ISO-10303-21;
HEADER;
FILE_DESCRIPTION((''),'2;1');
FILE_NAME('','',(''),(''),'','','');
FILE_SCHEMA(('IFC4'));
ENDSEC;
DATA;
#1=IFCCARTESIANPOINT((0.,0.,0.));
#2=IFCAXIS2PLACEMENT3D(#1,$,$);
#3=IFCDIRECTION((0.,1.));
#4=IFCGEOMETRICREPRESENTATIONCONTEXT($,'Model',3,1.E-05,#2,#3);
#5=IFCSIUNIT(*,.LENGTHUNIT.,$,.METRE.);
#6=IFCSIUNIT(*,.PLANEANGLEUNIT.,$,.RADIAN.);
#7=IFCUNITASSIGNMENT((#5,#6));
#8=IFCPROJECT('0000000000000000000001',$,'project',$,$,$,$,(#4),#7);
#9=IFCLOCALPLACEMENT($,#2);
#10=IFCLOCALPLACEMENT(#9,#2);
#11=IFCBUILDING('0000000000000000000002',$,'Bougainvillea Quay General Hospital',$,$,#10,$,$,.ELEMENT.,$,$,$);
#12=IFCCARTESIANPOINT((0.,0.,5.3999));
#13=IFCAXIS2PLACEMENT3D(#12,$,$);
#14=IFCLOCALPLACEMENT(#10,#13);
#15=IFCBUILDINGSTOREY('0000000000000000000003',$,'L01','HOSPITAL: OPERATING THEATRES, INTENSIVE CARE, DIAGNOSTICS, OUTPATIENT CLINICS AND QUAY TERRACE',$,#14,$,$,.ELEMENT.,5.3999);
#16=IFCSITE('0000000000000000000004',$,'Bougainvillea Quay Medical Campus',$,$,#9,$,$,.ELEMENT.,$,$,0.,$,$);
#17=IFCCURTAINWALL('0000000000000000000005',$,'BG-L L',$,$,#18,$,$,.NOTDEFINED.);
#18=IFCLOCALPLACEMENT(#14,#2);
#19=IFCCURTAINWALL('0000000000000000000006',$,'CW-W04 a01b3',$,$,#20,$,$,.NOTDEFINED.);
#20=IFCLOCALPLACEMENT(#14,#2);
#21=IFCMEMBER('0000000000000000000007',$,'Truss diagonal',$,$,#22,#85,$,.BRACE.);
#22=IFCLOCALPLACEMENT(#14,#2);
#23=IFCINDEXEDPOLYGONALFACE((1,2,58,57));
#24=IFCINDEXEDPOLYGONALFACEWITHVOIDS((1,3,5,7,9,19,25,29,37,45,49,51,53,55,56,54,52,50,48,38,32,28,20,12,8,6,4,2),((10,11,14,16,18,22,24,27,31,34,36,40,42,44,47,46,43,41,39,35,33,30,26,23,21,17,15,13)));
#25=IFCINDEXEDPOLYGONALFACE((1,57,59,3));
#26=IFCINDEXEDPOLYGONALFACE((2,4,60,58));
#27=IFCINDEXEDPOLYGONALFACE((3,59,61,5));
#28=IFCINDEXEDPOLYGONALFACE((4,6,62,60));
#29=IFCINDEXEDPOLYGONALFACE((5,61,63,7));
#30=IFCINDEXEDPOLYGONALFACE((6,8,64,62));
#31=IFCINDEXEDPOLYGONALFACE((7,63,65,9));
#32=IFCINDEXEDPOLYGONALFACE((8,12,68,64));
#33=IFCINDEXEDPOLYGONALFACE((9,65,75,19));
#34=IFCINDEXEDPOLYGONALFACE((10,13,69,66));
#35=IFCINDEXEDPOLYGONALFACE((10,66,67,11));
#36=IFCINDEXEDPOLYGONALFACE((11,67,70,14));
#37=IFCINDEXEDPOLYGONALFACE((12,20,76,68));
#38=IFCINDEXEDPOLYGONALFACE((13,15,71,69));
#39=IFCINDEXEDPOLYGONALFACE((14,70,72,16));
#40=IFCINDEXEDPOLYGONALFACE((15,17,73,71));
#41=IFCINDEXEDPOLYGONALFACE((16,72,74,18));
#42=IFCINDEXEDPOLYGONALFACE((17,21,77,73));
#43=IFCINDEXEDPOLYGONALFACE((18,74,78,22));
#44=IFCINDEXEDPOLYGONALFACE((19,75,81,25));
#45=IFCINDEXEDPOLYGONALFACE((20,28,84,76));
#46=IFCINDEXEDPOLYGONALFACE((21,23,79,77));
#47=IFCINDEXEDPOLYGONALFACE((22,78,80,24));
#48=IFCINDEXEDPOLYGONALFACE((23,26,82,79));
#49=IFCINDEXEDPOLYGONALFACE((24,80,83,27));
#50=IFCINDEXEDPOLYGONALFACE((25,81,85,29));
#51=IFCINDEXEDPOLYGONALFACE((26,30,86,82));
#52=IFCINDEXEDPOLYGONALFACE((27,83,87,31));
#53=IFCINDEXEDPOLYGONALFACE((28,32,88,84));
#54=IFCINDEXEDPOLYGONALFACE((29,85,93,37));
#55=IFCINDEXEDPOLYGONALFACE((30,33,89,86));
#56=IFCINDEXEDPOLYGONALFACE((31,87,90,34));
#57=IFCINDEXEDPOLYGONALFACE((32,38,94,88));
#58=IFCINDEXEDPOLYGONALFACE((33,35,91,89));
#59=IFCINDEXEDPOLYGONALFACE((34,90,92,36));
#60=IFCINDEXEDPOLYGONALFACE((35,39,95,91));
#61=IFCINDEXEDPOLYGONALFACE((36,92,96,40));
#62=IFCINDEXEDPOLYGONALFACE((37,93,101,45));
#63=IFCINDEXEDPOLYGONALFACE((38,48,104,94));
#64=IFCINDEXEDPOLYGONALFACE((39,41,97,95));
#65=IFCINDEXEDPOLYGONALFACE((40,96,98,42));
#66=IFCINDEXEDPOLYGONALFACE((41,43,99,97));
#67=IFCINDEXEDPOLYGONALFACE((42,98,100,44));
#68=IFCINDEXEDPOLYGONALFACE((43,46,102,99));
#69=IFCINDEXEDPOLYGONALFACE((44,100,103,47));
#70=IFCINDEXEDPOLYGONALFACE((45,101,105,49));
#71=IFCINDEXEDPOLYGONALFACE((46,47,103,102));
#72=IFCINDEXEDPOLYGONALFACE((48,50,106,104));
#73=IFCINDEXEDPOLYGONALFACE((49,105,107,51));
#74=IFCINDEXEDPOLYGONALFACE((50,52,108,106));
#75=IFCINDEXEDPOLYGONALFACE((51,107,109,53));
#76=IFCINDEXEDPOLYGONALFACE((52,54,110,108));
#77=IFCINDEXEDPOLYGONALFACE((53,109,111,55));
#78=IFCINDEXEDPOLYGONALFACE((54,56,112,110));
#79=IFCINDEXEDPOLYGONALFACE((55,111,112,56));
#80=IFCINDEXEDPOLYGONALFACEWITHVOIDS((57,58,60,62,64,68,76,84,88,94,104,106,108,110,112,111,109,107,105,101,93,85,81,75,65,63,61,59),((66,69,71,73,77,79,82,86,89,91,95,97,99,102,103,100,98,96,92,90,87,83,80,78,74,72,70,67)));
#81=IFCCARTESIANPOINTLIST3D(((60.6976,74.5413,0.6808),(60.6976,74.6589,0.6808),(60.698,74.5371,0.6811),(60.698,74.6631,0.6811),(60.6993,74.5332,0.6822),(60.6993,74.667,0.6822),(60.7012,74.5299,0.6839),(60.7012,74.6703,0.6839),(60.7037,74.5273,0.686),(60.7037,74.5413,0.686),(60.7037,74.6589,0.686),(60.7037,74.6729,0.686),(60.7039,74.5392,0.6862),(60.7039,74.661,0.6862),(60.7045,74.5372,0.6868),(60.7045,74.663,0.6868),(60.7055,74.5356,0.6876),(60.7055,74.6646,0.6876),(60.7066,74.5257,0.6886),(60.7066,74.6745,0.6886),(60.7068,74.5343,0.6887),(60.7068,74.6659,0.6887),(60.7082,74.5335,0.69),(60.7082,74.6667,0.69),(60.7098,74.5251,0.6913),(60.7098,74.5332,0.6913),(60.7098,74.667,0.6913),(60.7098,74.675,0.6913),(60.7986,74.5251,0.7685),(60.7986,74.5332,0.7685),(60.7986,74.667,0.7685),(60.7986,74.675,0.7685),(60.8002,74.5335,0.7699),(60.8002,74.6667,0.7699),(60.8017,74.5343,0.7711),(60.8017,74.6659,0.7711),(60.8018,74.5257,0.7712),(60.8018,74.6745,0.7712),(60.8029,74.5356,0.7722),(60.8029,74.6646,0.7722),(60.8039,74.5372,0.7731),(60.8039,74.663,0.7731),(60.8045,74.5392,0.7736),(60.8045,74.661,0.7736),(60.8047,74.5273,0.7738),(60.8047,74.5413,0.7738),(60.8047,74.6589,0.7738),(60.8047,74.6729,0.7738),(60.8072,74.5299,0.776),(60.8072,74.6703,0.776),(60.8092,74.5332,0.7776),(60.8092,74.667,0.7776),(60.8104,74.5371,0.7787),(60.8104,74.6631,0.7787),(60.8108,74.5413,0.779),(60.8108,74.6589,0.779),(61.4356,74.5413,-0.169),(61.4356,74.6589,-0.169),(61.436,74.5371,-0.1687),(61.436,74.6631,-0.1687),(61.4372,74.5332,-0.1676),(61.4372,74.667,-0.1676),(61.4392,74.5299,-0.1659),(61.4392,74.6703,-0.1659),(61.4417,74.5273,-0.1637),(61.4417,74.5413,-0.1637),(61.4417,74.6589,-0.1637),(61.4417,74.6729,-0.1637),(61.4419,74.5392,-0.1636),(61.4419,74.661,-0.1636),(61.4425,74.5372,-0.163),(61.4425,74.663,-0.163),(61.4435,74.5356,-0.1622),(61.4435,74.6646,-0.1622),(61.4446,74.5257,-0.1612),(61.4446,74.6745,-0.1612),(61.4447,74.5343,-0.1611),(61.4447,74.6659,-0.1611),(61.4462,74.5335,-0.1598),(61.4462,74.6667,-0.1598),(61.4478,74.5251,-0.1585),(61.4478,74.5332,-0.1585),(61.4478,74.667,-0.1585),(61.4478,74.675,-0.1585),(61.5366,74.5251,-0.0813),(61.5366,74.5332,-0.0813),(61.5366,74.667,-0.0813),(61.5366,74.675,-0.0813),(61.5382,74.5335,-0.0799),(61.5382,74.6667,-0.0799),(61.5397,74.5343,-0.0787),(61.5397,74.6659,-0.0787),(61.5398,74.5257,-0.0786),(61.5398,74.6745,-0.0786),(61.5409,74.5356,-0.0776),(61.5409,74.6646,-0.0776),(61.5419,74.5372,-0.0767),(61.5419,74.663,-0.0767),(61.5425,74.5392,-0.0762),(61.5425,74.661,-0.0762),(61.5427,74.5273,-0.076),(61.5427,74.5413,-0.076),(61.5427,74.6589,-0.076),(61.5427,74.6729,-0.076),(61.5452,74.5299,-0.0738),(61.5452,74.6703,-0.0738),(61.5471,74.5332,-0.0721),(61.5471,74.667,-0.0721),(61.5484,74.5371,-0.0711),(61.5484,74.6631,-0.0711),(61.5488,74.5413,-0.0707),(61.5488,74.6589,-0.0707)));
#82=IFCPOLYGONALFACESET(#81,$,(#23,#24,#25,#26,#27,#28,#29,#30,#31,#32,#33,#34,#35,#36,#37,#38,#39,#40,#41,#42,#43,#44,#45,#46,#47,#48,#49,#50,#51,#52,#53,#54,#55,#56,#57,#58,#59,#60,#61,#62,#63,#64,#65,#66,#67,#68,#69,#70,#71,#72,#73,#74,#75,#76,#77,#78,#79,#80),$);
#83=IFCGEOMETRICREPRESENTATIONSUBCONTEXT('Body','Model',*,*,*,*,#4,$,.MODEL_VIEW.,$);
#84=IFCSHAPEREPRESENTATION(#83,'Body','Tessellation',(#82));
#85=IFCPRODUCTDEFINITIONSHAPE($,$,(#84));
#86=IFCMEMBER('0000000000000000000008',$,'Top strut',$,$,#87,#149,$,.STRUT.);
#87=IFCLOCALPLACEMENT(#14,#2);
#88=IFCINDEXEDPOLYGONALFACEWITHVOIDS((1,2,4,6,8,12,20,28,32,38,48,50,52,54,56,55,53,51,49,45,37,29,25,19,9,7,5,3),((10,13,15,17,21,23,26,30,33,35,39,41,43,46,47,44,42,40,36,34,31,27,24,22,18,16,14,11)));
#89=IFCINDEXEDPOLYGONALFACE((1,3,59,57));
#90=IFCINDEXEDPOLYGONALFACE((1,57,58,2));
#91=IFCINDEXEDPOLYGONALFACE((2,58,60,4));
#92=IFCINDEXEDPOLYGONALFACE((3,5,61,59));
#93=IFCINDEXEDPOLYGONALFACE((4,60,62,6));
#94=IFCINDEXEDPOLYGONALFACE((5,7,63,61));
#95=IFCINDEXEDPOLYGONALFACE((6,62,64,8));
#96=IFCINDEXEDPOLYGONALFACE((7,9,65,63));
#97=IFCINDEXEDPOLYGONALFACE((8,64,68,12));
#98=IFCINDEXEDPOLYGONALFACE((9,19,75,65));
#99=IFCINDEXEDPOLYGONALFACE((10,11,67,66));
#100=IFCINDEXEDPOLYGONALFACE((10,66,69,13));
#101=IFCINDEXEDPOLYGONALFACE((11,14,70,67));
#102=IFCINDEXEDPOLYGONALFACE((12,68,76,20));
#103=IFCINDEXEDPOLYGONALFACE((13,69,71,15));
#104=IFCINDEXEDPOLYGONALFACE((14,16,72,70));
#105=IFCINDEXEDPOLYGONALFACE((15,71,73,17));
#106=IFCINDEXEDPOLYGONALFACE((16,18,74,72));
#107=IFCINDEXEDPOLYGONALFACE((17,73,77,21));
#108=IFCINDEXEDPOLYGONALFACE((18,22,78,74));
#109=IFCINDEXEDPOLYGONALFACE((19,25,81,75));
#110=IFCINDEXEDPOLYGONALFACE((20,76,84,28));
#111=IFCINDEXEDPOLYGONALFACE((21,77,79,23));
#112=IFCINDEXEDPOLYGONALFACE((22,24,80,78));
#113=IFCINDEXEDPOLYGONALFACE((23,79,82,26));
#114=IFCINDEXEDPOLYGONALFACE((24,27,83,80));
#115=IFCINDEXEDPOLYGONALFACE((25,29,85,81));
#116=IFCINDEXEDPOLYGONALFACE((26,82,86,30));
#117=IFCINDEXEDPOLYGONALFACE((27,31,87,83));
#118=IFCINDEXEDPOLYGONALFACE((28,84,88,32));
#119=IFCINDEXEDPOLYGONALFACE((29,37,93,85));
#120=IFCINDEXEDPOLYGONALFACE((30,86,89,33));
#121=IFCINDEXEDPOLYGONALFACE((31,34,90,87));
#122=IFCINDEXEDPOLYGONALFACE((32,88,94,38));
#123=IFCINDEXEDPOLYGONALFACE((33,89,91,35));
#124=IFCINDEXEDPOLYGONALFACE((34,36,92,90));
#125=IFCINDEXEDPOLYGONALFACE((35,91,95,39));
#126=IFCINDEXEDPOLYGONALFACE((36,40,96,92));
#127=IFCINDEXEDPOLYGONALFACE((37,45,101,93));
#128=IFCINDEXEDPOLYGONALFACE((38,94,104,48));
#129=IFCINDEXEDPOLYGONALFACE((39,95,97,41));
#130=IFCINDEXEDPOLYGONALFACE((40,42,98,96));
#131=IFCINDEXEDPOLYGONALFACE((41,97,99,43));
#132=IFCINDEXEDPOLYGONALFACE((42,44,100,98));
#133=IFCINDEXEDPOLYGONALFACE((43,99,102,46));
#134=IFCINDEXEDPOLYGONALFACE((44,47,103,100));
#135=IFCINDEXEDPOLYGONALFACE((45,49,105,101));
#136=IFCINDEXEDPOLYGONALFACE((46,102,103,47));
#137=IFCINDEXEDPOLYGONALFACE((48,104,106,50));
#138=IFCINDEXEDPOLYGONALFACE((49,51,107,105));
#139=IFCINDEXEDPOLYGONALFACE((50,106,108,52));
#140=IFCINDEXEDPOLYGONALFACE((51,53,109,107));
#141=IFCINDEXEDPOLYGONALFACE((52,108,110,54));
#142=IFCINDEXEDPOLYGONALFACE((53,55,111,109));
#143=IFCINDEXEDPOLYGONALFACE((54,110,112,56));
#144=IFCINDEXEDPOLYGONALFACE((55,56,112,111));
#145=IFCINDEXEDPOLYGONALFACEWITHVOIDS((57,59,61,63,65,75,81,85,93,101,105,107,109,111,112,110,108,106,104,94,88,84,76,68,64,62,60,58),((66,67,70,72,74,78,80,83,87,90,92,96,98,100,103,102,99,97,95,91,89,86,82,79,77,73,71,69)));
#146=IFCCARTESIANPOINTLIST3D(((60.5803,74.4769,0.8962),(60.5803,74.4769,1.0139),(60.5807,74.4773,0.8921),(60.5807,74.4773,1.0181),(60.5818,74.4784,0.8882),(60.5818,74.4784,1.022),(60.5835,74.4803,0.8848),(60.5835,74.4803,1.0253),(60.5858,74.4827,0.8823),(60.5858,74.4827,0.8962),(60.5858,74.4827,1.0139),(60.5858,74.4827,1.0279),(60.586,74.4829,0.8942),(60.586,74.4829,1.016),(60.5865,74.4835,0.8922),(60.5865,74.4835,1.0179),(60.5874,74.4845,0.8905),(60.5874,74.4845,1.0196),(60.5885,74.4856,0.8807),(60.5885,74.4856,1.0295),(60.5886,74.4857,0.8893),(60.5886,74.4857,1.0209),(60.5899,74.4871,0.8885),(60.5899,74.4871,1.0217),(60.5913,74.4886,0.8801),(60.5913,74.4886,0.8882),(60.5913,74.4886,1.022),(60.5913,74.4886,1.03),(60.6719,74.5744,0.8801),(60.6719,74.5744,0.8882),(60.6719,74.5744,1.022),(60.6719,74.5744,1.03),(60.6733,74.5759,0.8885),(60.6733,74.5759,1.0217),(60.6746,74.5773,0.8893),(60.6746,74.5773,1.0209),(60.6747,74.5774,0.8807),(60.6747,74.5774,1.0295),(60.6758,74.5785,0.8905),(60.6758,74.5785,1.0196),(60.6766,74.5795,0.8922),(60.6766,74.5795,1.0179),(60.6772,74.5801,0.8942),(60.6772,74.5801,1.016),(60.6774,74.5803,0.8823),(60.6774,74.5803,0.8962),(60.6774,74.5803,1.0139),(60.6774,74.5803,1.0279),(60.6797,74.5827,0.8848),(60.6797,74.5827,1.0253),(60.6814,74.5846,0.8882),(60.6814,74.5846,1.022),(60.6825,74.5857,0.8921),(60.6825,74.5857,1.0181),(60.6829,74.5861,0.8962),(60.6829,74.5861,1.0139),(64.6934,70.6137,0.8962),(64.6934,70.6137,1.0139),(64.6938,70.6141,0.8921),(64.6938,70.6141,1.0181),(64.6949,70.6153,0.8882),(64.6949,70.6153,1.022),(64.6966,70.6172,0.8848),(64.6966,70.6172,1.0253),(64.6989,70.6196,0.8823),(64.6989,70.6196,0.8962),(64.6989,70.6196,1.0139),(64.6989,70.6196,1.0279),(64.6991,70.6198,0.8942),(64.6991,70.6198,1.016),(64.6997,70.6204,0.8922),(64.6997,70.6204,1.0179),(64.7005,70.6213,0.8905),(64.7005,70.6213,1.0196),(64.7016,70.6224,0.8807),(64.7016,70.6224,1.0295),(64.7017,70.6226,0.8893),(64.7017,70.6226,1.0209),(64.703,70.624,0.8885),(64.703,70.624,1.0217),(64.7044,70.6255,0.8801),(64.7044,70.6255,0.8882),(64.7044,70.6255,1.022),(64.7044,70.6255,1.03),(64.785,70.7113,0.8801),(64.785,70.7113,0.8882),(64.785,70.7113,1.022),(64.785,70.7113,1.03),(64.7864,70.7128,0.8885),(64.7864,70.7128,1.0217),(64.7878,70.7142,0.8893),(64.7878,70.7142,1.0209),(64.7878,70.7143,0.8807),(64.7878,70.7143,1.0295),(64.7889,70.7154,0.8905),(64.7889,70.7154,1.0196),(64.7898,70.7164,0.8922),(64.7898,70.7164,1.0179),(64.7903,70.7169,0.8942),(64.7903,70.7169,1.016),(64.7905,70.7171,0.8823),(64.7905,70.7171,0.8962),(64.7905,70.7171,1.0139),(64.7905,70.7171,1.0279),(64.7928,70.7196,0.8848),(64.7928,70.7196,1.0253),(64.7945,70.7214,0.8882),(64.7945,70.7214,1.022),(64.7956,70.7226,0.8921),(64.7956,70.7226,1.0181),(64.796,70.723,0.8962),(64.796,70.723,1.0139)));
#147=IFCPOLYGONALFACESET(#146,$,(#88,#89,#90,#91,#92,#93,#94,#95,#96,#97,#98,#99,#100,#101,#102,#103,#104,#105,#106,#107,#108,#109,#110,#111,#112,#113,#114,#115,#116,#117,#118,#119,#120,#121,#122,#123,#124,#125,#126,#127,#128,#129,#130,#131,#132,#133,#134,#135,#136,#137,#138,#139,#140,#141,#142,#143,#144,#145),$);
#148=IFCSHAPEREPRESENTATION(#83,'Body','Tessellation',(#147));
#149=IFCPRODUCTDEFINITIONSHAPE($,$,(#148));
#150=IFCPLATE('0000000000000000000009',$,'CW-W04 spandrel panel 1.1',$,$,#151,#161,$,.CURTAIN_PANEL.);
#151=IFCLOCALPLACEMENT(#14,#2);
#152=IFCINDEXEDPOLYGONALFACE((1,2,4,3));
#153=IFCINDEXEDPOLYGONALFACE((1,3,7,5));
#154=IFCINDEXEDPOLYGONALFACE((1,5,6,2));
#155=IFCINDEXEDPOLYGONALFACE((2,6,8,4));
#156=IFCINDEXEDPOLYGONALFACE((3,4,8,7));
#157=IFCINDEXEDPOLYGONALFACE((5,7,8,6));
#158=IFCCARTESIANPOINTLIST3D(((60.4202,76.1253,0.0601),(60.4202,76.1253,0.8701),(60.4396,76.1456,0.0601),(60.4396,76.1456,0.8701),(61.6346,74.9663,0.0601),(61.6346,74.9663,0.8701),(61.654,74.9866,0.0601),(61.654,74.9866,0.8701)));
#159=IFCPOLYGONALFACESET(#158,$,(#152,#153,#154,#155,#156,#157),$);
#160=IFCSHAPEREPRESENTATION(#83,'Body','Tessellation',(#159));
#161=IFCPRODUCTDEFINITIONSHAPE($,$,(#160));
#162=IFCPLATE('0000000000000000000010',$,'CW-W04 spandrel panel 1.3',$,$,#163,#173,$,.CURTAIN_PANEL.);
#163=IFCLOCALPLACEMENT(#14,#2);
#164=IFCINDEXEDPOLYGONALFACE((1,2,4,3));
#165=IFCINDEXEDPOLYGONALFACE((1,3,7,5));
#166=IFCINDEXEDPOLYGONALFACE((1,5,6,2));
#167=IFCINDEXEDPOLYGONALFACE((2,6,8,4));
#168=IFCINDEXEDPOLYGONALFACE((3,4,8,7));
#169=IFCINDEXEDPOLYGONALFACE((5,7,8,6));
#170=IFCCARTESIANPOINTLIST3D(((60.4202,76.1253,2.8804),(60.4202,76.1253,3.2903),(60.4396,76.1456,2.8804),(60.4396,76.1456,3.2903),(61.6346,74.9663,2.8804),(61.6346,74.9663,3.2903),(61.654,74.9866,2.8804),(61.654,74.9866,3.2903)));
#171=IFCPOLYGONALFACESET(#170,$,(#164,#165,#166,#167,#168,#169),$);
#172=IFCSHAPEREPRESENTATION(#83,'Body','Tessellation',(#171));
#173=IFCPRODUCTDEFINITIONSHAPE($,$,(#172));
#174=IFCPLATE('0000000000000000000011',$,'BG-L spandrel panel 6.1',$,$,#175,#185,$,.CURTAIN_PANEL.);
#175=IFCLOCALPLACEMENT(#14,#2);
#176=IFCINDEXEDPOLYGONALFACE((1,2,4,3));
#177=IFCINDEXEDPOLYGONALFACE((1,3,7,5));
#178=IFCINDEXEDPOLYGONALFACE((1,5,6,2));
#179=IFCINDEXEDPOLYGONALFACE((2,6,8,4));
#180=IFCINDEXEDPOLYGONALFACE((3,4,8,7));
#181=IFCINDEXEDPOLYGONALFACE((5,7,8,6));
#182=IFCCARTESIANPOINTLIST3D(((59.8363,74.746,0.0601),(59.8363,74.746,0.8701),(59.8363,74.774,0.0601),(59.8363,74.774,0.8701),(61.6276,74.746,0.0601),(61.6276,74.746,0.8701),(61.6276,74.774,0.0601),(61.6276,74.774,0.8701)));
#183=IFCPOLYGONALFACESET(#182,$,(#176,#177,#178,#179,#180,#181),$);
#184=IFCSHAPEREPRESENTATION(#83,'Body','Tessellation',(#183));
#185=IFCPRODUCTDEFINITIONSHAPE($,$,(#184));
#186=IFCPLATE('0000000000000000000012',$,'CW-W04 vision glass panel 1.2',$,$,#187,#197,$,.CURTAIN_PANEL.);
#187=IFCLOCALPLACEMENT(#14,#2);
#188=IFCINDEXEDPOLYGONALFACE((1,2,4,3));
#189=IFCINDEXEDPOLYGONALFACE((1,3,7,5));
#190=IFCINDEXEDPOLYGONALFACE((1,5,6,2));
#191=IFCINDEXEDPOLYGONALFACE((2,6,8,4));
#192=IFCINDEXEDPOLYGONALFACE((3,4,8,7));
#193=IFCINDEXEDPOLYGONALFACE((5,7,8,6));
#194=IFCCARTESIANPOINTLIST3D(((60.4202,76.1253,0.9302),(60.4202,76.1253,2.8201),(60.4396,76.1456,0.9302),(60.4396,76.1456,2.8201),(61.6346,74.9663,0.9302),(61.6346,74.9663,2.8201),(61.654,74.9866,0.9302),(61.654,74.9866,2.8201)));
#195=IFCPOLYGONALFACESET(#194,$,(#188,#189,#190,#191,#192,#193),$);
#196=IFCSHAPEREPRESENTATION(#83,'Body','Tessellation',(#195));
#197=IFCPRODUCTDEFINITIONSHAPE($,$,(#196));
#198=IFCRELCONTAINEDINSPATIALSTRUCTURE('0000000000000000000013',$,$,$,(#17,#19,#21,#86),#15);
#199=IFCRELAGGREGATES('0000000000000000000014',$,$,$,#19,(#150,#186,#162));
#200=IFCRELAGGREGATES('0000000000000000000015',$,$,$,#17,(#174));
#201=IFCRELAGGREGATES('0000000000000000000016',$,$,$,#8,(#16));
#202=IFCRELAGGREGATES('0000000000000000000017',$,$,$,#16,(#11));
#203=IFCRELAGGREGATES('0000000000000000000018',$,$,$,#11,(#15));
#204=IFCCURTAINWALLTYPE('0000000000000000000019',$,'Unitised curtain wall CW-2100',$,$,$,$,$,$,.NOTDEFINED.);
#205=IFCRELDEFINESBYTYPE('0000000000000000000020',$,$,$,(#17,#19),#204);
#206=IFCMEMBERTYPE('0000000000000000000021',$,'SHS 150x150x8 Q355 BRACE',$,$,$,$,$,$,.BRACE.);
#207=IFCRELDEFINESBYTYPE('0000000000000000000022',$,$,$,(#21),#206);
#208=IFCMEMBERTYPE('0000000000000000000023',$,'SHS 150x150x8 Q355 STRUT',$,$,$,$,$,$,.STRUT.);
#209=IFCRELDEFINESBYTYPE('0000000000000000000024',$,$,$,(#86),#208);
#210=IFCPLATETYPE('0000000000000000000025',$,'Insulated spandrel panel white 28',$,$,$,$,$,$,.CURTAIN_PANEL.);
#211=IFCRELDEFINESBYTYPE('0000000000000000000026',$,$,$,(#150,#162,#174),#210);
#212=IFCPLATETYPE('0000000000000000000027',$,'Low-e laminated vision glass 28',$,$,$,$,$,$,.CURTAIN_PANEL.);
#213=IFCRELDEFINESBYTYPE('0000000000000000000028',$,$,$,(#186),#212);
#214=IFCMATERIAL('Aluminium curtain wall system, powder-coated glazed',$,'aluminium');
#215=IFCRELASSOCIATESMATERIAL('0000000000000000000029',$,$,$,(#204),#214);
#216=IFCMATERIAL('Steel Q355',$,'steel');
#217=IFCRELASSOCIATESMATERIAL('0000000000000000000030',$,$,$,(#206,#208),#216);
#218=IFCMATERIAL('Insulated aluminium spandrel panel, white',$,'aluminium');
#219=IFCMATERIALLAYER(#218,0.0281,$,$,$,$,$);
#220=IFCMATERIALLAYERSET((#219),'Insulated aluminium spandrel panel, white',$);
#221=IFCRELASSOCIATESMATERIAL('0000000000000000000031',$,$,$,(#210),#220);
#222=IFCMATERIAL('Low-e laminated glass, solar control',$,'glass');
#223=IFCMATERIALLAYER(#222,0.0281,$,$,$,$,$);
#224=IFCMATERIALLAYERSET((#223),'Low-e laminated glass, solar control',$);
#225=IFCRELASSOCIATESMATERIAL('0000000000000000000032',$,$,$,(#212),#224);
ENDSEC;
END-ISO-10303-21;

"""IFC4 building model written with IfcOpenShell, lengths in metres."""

from ifc_helpers import new_model, si_unit, direction, frame, origin, origin_2d, place, context, subcontext, project, spatial, rectangle, hollow_rectangle, extrude, material, layer, layer_set, material_profile, profile_set, type_object, element, aggregate, save


model = new_model("IFC4")

# Units and contexts
model_context = context("Model", 3, precision=1e-05, world=origin(), true_north=direction((0.0, 1.0)))
body_context = subcontext(model_context, "Body", "Model", "MODEL_VIEW")
ifc_project = project(units=[si_unit("LENGTHUNIT", "METRE"), si_unit("PLANEANGLEUNIT", "RADIAN")], contexts=[model_context])

# Site, building, storey
site_placement = place(None, origin())
site = spatial("IfcSite", under=ifc_project, at=site_placement, Name="Bougainvillea Quay Medical Campus", CompositionType="ELEMENT", RefElevation=0.0)
building_placement = place(site_placement, origin())
building = spatial("IfcBuilding", under=site, at=building_placement, Name="Bougainvillea Quay General Hospital", CompositionType="ELEMENT")
storey_placement = place(building_placement, frame((0.0, 0.0, 5.3999)))
storey = spatial("IfcBuildingStorey", under=building, at=storey_placement, Name="L01", Description="HOSPITAL: OPERATING THEATRES, INTENSIVE CARE, DIAGNOSTICS, OUTPATIENT CLINICS AND QUAY TERRACE", CompositionType="ELEMENT", Elevation=5.3999)

# Curtain wall
ifc_material_1 = material(Name="Aluminium curtain wall system, powder-coated glazed", Category="aluminium")
curtain_wall_type = type_object("IfcCurtainWallType", Name="Unitised curtain wall CW-2100", PredefinedType="NOTDEFINED", material=ifc_material_1)
curtain_wall_1_placement = place(storey_placement, origin())
curtain_wall_1 = element("IfcCurtainWall", 1, at=curtain_wall_1_placement, inside=storey, type_object=curtain_wall_type, Name="BG-L L", PredefinedType="NOTDEFINED")

# Curtain wall
curtain_wall_2_placement = place(storey_placement, origin())
curtain_wall_2 = element("IfcCurtainWall", 2, at=curtain_wall_2_placement, inside=storey, type_object=curtain_wall_type, Name="CW-W04 a01b3", PredefinedType="NOTDEFINED")

# Shared definitions
ifc_material_2 = material(Name="Steel Q355", Category="steel")

# Members
ifc_material_profile_1 = material_profile(ifc_material_2, hollow_rectangle(XDim=0.1499, YDim=0.1499, WallThickness=0.0081, InnerFilletRadius=0.0081, OuterFilletRadius=0.0161, at=origin_2d()))
ifc_profile_set_1 = profile_set([ifc_material_profile_1], Name="Steel Q355")
member_type_1 = type_object("IfcMemberType", Name="SHS 150x150x8 Q355 BRACE", PredefinedType="BRACE", material=ifc_profile_set_1)
member_1_placement = place(storey_placement, frame((61.4922, 74.6001, -0.1199), z_axis=(-0.65569, 0.0, 0.75503), x_axis=(0.0, -1.0, 0.0)))
element("IfcMember", 3, at=member_1_placement, inside=storey, type_object=member_type_1, Name="Truss diagonal", PredefinedType="BRACE", context=body_context, shape_type="SweptSolid", body=[
    extrude(hollow_rectangle(XDim=0.1499, YDim=0.1499, WallThickness=0.0081, InnerFilletRadius=0.0081, OuterFilletRadius=0.0161, at=origin_2d()), origin(), (0.0, 0.0, 1.0), 1.1255),
])
ifc_material_profile_2 = material_profile(ifc_material_2, hollow_rectangle(XDim=0.1499, YDim=0.1499, WallThickness=0.0081, InnerFilletRadius=0.0081, OuterFilletRadius=0.0161, at=origin_2d()))
ifc_profile_set_2 = profile_set([ifc_material_profile_2], Name="Steel Q355")
member_type_2 = type_object("IfcMemberType", Name="SHS 150x150x8 Q355 STRUT", PredefinedType="STRUT", material=ifc_profile_set_2)
member_2_placement = place(storey_placement, frame((60.6316, 74.5315, 0.9551), z_axis=(0.728912, -0.684607, 0.0), x_axis=(0.684607, 0.728912, 0.0)))
element("IfcMember", 4, at=member_2_placement, inside=storey, type_object=member_type_2, Name="Top strut", PredefinedType="STRUT", context=body_context, shape_type="SweptSolid", body=[
    extrude(hollow_rectangle(XDim=0.1499, YDim=0.1499, WallThickness=0.0081, InnerFilletRadius=0.0081, OuterFilletRadius=0.0161, at=origin_2d()), origin(), (0.0, 0.0, 1.0), 5.6428),
])

# Plates
ifc_material_3 = material(Name="Insulated aluminium spandrel panel, white", Category="aluminium")
ifc_layer_1 = layer(ifc_material_3, 0.0281)
ifc_layer_set_1 = layer_set([ifc_layer_1], Name="Insulated aluminium spandrel panel, white")
plate_type_1 = type_object("IfcPlateType", Name="Insulated spandrel panel white 28", PredefinedType="CURTAIN_PANEL", material=ifc_layer_set_1)
plate_1_placement = place(storey_placement, frame((61.0371, 75.5559, 0.0601), z_axis=(0.0, 0.0, 1.0), x_axis=(-0.723419, 0.690409, 0.0)))
plate_1 = element("IfcPlate", 5, at=plate_1_placement, type_object=plate_type_1, Name="CW-W04 spandrel panel 1.1", PredefinedType="CURTAIN_PANEL", context=body_context, shape_type="SweptSolid", body=[
    extrude(rectangle(XDim=1.6787, YDim=0.0281, at=origin_2d()), origin(), (0.0, 0.0, 1.0), 0.8101),
])
plate_2_placement = place(storey_placement, frame((61.0371, 75.5559, 2.8804), z_axis=(0.0, 0.0, 1.0), x_axis=(-0.723419, 0.690409, 0.0)))
plate_2 = element("IfcPlate", 6, at=plate_2_placement, type_object=plate_type_1, Name="CW-W04 spandrel panel 1.3", PredefinedType="CURTAIN_PANEL", context=body_context, shape_type="SweptSolid", body=[
    extrude(rectangle(XDim=1.6787, YDim=0.0281, at=origin_2d()), origin(), (0.0, 0.0, 1.0), 0.4099),
])
plate_3_placement = place(storey_placement, frame((60.7319, 74.76, 0.0601), z_axis=(0.0, 0.0, 1.0), x_axis=(1.0, 0.0, 0.0)))
plate_3 = element("IfcPlate", 7, at=plate_3_placement, type_object=plate_type_1, Name="BG-L spandrel panel 6.1", PredefinedType="CURTAIN_PANEL", context=body_context, shape_type="SweptSolid", body=[
    extrude(rectangle(XDim=1.7913, YDim=0.0281, at=origin_2d()), origin(), (0.0, 0.0, 1.0), 0.8101),
])
ifc_material_4 = material(Name="Low-e laminated glass, solar control", Category="glass")
ifc_layer_2 = layer(ifc_material_4, 0.0281)
ifc_layer_set_2 = layer_set([ifc_layer_2], Name="Low-e laminated glass, solar control")
plate_type_2 = type_object("IfcPlateType", Name="Low-e laminated vision glass 28", PredefinedType="CURTAIN_PANEL", material=ifc_layer_set_2)
plate_4_placement = place(storey_placement, frame((61.0371, 75.5559, 0.9302), z_axis=(0.0, 0.0, 1.0), x_axis=(-0.723419, 0.690409, 0.0)))
plate_4 = element("IfcPlate", 8, at=plate_4_placement, type_object=plate_type_2, Name="CW-W04 vision glass panel 1.2", PredefinedType="CURTAIN_PANEL", context=body_context, shape_type="SweptSolid", body=[
    extrude(rectangle(XDim=1.6787, YDim=0.0281, at=origin_2d()), origin(), (0.0, 0.0, 1.0), 1.8899),
])
aggregate(curtain_wall_2, [plate_1, plate_4, plate_2])
aggregate(curtain_wall_1, [plate_3])

save(model, "model.ifc")
